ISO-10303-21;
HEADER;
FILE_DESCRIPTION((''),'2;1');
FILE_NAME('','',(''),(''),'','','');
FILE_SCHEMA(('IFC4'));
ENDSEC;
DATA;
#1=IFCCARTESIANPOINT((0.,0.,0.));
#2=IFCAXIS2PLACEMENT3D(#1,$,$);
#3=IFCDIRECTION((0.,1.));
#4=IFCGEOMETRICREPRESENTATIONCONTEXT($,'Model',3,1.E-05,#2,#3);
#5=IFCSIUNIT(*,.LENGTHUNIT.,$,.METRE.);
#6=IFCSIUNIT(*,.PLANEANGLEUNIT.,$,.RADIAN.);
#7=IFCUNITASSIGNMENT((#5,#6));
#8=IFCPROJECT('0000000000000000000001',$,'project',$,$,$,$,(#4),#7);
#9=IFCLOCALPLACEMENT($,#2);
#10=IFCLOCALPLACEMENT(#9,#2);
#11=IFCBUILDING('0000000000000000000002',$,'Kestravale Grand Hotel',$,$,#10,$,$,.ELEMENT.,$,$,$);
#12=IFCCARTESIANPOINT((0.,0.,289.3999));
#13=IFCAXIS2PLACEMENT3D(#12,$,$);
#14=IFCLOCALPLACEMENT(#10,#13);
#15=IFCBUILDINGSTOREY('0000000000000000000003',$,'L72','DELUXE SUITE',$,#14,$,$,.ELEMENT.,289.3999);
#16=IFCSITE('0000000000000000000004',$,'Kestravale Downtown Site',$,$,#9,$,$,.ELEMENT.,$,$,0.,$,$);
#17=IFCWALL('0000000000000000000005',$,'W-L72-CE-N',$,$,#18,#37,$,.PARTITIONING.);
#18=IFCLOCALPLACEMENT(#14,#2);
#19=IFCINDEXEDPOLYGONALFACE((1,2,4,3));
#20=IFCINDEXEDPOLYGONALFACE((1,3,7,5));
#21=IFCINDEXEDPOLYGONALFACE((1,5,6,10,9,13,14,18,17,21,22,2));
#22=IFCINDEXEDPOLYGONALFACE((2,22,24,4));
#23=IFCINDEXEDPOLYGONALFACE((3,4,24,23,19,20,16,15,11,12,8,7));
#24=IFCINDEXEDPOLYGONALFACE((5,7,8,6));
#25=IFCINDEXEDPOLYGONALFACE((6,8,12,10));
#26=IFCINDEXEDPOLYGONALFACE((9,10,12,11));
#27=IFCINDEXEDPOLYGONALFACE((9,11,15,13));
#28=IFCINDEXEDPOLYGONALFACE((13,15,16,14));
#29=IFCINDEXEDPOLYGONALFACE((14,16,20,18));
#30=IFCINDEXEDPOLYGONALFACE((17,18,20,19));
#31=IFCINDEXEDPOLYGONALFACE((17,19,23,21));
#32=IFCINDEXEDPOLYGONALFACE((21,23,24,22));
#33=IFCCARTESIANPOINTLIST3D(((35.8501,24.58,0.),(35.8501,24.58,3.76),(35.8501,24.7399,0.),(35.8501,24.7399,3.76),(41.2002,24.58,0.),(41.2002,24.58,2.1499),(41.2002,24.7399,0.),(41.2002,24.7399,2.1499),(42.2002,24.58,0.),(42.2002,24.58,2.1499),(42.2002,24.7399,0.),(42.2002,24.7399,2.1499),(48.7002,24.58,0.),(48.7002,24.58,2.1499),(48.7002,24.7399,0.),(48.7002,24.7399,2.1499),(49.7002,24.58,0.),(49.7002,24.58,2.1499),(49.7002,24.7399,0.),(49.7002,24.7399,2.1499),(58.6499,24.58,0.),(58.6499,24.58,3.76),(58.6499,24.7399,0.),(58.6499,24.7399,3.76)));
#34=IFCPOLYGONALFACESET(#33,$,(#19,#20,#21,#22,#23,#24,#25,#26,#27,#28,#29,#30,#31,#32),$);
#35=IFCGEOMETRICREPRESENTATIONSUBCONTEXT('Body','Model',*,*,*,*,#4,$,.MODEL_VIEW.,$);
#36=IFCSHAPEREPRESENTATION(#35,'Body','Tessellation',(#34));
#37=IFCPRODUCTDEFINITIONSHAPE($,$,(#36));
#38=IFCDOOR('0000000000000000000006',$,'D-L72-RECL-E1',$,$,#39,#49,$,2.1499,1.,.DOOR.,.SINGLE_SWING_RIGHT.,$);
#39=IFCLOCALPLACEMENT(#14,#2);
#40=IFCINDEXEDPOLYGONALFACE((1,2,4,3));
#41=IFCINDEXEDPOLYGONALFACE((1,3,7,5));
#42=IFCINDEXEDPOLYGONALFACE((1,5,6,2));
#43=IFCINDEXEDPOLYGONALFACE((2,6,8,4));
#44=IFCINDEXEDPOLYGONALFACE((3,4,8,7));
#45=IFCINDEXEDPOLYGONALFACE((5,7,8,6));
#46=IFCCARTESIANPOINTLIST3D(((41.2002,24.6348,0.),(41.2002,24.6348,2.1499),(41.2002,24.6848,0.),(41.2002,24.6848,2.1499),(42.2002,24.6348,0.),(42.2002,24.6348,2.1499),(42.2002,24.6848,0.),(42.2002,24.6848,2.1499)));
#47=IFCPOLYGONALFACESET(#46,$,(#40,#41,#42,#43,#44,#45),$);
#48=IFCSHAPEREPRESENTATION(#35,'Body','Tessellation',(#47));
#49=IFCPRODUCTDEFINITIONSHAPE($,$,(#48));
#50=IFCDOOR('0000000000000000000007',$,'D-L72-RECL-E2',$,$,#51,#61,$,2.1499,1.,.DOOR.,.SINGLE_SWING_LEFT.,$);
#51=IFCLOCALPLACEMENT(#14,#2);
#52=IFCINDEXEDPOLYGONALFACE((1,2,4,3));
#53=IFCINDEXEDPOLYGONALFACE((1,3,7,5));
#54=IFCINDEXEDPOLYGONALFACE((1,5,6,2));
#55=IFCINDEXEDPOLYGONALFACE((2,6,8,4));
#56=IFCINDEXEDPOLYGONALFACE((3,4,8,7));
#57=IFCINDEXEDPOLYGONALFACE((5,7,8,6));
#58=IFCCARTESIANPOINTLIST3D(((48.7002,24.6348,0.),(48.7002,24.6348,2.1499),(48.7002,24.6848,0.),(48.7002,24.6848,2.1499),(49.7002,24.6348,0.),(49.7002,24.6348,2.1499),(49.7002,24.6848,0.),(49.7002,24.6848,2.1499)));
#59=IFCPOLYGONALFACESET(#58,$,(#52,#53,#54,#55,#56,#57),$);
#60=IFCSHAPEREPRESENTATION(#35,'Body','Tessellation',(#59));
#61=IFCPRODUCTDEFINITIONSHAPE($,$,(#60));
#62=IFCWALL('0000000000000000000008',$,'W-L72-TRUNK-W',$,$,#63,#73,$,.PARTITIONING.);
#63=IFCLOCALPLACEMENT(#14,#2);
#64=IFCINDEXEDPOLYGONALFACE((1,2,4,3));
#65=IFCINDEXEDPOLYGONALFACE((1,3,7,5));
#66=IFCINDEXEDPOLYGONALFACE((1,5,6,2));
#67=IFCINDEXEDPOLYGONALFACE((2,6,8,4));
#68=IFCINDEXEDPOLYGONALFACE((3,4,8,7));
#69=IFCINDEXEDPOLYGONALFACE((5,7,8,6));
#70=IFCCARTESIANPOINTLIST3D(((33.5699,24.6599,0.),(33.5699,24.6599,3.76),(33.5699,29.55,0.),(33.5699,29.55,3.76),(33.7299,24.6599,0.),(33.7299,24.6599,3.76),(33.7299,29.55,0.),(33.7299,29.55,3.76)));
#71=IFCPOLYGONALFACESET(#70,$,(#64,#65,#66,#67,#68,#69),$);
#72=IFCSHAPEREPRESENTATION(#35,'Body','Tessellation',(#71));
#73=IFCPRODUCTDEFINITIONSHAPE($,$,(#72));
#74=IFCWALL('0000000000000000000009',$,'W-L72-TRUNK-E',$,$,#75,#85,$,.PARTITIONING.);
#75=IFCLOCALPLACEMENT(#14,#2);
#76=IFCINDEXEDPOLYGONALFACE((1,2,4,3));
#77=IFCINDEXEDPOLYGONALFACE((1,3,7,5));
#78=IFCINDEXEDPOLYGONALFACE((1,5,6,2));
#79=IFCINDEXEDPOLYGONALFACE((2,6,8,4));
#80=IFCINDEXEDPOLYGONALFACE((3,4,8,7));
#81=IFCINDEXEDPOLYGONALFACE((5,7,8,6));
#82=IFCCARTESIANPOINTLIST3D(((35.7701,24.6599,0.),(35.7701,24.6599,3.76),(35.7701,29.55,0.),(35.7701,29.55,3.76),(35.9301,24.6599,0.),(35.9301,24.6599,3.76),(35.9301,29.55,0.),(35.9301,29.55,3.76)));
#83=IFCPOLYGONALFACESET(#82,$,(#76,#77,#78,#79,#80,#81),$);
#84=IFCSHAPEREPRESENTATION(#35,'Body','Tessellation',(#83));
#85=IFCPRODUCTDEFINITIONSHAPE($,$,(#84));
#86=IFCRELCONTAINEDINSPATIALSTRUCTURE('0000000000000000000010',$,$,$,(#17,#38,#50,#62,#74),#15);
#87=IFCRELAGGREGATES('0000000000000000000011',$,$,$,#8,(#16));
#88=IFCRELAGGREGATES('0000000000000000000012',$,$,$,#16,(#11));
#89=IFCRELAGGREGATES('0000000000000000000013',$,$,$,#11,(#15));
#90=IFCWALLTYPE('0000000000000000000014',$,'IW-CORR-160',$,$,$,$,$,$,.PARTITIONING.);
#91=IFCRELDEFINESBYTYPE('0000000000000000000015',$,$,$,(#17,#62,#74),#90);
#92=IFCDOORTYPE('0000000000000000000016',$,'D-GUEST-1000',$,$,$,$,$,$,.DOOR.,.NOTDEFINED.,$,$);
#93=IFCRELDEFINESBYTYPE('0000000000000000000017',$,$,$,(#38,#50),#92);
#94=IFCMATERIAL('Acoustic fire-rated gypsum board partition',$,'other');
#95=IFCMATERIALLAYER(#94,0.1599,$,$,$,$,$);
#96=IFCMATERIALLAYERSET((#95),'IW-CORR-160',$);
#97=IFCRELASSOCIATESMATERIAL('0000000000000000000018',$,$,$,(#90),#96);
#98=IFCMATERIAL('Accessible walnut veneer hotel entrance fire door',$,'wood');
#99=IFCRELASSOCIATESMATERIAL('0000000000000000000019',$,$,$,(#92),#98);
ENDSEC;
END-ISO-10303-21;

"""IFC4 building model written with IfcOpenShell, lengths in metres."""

from ifc_helpers import new_model, si_unit, direction, frame, frame_2d, origin, place, context, subcontext, project, spatial, rectangle, extrude, material, layer, layer_set, type_object, element, fill, save


model = new_model("IFC4")

# Units and contexts
model_context = context("Model", 3, precision=1e-05, world=origin(), true_north=direction((0.0, 1.0)))
body_context = subcontext(model_context, "Body", "Model", "MODEL_VIEW")
ifc_project = project(units=[si_unit("LENGTHUNIT", "METRE"), si_unit("PLANEANGLEUNIT", "RADIAN")], contexts=[model_context])

# Site, building, storey
site_placement = place(None, origin())
site = spatial("IfcSite", under=ifc_project, at=site_placement, Name="Kestravale Downtown Site", CompositionType="ELEMENT", RefElevation=0.0)
building_placement = place(site_placement, origin())
building = spatial("IfcBuilding", under=site, at=building_placement, Name="Kestravale Grand Hotel", CompositionType="ELEMENT")
storey_placement = place(building_placement, frame((0.0, 0.0, 289.3999)))
storey = spatial("IfcBuildingStorey", under=building, at=storey_placement, Name="L72", Description="DELUXE SUITE", CompositionType="ELEMENT", Elevation=289.3999)

# Wall, openings, doors
ifc_material_1 = material(Name="Acoustic fire-rated gypsum board partition", Category="other")
ifc_layer_1 = layer(ifc_material_1, 0.1599)
ifc_layer_set_1 = layer_set([ifc_layer_1], Name="IW-CORR-160")
wall_type_1 = type_object("IfcWallType", Name="IW-CORR-160", PredefinedType="PARTITIONING", material=ifc_layer_set_1)
wall_1_placement = place(storey_placement, frame((35.8501, 24.6599, 0.0), z_axis=(0.0, 0.0, 1.0), x_axis=(1.0, 0.0, 0.0)))
wall_1 = element("IfcWall", 1, at=wall_1_placement, inside=storey, type_object=wall_type_1, Name="W-L72-CE-N", PredefinedType="PARTITIONING", context=body_context, shape_type="SweptSolid", body=[
    extrude(rectangle(XDim=22.7998, YDim=0.1599, at=frame_2d((11.3999, 0.0))), origin(), (0.0, 0.0, 1.0), 3.76),
])
opening_1_placement = place(wall_1_placement, frame((5.3501, 0.0, 0.0)))
opening_1 = element("IfcOpeningElement", 2, at=opening_1_placement, cuts=wall_1, PredefinedType="OPENING", context=body_context, shape_type="SweptSolid", body=[
    extrude(rectangle(XDim=1.0, YDim=2.1499, at=frame_2d((0.5, 1.075))), frame((0.0, 0.0898, 0.0), z_axis=(0.0, -1.0, 0.0), x_axis=(1.0, 0.0, 0.0)), (0.0, 0.0, 1.0), 0.1799),
])
opening_2_placement = place(wall_1_placement, frame((12.8501, 0.0, 0.0)))
opening_2 = element("IfcOpeningElement", 3, at=opening_2_placement, cuts=wall_1, PredefinedType="OPENING", context=body_context, shape_type="SweptSolid", body=[
    extrude(rectangle(XDim=1.0, YDim=2.1499, at=frame_2d((0.5, 1.075))), frame((0.0, 0.0898, 0.0), z_axis=(0.0, -1.0, 0.0), x_axis=(1.0, 0.0, 0.0)), (0.0, 0.0, 1.0), 0.1799),
])
ifc_material_2 = material(Name="Accessible walnut veneer hotel entrance fire door", Category="wood")
door_type_1 = type_object("IfcDoorType", Name="D-GUEST-1000", OperationType="NOTDEFINED", PredefinedType="DOOR", material=ifc_material_2)
door_1_placement = place(opening_1_placement, origin())
door_1 = element("IfcDoor", 4, at=door_1_placement, inside=storey, type_object=door_type_1, Name="D-L72-RECL-E1", OperationType="SINGLE_SWING_RIGHT", OverallHeight=2.1499, OverallWidth=1.0, PredefinedType="DOOR", context=body_context, shape_type="SweptSolid", body=[
    extrude(rectangle(XDim=1.0, YDim=2.1499, at=frame_2d((0.5, 1.075))), frame((0.0, 0.0249, 0.0), z_axis=(0.0, -1.0, 0.0), x_axis=(1.0, 0.0, 0.0)), (0.0, 0.0, 1.0), 0.05),
])
fill(opening_1, door_1)
door_2_placement = place(opening_2_placement, origin())
door_2 = element("IfcDoor", 5, at=door_2_placement, inside=storey, type_object=door_type_1, Name="D-L72-RECL-E2", OperationType="SINGLE_SWING_LEFT", OverallHeight=2.1499, OverallWidth=1.0, PredefinedType="DOOR", context=body_context, shape_type="SweptSolid", body=[
    extrude(rectangle(XDim=1.0, YDim=2.1499, at=frame_2d((0.5, 1.075))), frame((0.0, 0.0249, 0.0), z_axis=(0.0, -1.0, 0.0), x_axis=(1.0, 0.0, 0.0)), (0.0, 0.0, 1.0), 0.05),
])
fill(opening_2, door_2)

# Walls
for number, where, z_axis, x_axis, name in (
    (6, (33.6499, 24.6599, 0.0), (0.0, 0.0, 1.0), (0.0, 1.0, 0.0), "W-L72-TRUNK-W"),
    (7, (35.8501, 24.6599, 0.0), (0.0, 0.0, 1.0), (0.0, 1.0, 0.0), "W-L72-TRUNK-E"),
):
    element("IfcWall", number, at=place(storey_placement, frame(where, z_axis=z_axis, x_axis=x_axis)), inside=storey, type_object=wall_type_1, Name=name, PredefinedType="PARTITIONING", context=body_context, shape_type="SweptSolid", body=[
        extrude(rectangle(XDim=4.8901, YDim=0.1599, at=frame_2d((2.4451, 0.0))), origin(), (0.0, 0.0, 1.0), 3.76),
    ])

save(model, "model.ifc")
